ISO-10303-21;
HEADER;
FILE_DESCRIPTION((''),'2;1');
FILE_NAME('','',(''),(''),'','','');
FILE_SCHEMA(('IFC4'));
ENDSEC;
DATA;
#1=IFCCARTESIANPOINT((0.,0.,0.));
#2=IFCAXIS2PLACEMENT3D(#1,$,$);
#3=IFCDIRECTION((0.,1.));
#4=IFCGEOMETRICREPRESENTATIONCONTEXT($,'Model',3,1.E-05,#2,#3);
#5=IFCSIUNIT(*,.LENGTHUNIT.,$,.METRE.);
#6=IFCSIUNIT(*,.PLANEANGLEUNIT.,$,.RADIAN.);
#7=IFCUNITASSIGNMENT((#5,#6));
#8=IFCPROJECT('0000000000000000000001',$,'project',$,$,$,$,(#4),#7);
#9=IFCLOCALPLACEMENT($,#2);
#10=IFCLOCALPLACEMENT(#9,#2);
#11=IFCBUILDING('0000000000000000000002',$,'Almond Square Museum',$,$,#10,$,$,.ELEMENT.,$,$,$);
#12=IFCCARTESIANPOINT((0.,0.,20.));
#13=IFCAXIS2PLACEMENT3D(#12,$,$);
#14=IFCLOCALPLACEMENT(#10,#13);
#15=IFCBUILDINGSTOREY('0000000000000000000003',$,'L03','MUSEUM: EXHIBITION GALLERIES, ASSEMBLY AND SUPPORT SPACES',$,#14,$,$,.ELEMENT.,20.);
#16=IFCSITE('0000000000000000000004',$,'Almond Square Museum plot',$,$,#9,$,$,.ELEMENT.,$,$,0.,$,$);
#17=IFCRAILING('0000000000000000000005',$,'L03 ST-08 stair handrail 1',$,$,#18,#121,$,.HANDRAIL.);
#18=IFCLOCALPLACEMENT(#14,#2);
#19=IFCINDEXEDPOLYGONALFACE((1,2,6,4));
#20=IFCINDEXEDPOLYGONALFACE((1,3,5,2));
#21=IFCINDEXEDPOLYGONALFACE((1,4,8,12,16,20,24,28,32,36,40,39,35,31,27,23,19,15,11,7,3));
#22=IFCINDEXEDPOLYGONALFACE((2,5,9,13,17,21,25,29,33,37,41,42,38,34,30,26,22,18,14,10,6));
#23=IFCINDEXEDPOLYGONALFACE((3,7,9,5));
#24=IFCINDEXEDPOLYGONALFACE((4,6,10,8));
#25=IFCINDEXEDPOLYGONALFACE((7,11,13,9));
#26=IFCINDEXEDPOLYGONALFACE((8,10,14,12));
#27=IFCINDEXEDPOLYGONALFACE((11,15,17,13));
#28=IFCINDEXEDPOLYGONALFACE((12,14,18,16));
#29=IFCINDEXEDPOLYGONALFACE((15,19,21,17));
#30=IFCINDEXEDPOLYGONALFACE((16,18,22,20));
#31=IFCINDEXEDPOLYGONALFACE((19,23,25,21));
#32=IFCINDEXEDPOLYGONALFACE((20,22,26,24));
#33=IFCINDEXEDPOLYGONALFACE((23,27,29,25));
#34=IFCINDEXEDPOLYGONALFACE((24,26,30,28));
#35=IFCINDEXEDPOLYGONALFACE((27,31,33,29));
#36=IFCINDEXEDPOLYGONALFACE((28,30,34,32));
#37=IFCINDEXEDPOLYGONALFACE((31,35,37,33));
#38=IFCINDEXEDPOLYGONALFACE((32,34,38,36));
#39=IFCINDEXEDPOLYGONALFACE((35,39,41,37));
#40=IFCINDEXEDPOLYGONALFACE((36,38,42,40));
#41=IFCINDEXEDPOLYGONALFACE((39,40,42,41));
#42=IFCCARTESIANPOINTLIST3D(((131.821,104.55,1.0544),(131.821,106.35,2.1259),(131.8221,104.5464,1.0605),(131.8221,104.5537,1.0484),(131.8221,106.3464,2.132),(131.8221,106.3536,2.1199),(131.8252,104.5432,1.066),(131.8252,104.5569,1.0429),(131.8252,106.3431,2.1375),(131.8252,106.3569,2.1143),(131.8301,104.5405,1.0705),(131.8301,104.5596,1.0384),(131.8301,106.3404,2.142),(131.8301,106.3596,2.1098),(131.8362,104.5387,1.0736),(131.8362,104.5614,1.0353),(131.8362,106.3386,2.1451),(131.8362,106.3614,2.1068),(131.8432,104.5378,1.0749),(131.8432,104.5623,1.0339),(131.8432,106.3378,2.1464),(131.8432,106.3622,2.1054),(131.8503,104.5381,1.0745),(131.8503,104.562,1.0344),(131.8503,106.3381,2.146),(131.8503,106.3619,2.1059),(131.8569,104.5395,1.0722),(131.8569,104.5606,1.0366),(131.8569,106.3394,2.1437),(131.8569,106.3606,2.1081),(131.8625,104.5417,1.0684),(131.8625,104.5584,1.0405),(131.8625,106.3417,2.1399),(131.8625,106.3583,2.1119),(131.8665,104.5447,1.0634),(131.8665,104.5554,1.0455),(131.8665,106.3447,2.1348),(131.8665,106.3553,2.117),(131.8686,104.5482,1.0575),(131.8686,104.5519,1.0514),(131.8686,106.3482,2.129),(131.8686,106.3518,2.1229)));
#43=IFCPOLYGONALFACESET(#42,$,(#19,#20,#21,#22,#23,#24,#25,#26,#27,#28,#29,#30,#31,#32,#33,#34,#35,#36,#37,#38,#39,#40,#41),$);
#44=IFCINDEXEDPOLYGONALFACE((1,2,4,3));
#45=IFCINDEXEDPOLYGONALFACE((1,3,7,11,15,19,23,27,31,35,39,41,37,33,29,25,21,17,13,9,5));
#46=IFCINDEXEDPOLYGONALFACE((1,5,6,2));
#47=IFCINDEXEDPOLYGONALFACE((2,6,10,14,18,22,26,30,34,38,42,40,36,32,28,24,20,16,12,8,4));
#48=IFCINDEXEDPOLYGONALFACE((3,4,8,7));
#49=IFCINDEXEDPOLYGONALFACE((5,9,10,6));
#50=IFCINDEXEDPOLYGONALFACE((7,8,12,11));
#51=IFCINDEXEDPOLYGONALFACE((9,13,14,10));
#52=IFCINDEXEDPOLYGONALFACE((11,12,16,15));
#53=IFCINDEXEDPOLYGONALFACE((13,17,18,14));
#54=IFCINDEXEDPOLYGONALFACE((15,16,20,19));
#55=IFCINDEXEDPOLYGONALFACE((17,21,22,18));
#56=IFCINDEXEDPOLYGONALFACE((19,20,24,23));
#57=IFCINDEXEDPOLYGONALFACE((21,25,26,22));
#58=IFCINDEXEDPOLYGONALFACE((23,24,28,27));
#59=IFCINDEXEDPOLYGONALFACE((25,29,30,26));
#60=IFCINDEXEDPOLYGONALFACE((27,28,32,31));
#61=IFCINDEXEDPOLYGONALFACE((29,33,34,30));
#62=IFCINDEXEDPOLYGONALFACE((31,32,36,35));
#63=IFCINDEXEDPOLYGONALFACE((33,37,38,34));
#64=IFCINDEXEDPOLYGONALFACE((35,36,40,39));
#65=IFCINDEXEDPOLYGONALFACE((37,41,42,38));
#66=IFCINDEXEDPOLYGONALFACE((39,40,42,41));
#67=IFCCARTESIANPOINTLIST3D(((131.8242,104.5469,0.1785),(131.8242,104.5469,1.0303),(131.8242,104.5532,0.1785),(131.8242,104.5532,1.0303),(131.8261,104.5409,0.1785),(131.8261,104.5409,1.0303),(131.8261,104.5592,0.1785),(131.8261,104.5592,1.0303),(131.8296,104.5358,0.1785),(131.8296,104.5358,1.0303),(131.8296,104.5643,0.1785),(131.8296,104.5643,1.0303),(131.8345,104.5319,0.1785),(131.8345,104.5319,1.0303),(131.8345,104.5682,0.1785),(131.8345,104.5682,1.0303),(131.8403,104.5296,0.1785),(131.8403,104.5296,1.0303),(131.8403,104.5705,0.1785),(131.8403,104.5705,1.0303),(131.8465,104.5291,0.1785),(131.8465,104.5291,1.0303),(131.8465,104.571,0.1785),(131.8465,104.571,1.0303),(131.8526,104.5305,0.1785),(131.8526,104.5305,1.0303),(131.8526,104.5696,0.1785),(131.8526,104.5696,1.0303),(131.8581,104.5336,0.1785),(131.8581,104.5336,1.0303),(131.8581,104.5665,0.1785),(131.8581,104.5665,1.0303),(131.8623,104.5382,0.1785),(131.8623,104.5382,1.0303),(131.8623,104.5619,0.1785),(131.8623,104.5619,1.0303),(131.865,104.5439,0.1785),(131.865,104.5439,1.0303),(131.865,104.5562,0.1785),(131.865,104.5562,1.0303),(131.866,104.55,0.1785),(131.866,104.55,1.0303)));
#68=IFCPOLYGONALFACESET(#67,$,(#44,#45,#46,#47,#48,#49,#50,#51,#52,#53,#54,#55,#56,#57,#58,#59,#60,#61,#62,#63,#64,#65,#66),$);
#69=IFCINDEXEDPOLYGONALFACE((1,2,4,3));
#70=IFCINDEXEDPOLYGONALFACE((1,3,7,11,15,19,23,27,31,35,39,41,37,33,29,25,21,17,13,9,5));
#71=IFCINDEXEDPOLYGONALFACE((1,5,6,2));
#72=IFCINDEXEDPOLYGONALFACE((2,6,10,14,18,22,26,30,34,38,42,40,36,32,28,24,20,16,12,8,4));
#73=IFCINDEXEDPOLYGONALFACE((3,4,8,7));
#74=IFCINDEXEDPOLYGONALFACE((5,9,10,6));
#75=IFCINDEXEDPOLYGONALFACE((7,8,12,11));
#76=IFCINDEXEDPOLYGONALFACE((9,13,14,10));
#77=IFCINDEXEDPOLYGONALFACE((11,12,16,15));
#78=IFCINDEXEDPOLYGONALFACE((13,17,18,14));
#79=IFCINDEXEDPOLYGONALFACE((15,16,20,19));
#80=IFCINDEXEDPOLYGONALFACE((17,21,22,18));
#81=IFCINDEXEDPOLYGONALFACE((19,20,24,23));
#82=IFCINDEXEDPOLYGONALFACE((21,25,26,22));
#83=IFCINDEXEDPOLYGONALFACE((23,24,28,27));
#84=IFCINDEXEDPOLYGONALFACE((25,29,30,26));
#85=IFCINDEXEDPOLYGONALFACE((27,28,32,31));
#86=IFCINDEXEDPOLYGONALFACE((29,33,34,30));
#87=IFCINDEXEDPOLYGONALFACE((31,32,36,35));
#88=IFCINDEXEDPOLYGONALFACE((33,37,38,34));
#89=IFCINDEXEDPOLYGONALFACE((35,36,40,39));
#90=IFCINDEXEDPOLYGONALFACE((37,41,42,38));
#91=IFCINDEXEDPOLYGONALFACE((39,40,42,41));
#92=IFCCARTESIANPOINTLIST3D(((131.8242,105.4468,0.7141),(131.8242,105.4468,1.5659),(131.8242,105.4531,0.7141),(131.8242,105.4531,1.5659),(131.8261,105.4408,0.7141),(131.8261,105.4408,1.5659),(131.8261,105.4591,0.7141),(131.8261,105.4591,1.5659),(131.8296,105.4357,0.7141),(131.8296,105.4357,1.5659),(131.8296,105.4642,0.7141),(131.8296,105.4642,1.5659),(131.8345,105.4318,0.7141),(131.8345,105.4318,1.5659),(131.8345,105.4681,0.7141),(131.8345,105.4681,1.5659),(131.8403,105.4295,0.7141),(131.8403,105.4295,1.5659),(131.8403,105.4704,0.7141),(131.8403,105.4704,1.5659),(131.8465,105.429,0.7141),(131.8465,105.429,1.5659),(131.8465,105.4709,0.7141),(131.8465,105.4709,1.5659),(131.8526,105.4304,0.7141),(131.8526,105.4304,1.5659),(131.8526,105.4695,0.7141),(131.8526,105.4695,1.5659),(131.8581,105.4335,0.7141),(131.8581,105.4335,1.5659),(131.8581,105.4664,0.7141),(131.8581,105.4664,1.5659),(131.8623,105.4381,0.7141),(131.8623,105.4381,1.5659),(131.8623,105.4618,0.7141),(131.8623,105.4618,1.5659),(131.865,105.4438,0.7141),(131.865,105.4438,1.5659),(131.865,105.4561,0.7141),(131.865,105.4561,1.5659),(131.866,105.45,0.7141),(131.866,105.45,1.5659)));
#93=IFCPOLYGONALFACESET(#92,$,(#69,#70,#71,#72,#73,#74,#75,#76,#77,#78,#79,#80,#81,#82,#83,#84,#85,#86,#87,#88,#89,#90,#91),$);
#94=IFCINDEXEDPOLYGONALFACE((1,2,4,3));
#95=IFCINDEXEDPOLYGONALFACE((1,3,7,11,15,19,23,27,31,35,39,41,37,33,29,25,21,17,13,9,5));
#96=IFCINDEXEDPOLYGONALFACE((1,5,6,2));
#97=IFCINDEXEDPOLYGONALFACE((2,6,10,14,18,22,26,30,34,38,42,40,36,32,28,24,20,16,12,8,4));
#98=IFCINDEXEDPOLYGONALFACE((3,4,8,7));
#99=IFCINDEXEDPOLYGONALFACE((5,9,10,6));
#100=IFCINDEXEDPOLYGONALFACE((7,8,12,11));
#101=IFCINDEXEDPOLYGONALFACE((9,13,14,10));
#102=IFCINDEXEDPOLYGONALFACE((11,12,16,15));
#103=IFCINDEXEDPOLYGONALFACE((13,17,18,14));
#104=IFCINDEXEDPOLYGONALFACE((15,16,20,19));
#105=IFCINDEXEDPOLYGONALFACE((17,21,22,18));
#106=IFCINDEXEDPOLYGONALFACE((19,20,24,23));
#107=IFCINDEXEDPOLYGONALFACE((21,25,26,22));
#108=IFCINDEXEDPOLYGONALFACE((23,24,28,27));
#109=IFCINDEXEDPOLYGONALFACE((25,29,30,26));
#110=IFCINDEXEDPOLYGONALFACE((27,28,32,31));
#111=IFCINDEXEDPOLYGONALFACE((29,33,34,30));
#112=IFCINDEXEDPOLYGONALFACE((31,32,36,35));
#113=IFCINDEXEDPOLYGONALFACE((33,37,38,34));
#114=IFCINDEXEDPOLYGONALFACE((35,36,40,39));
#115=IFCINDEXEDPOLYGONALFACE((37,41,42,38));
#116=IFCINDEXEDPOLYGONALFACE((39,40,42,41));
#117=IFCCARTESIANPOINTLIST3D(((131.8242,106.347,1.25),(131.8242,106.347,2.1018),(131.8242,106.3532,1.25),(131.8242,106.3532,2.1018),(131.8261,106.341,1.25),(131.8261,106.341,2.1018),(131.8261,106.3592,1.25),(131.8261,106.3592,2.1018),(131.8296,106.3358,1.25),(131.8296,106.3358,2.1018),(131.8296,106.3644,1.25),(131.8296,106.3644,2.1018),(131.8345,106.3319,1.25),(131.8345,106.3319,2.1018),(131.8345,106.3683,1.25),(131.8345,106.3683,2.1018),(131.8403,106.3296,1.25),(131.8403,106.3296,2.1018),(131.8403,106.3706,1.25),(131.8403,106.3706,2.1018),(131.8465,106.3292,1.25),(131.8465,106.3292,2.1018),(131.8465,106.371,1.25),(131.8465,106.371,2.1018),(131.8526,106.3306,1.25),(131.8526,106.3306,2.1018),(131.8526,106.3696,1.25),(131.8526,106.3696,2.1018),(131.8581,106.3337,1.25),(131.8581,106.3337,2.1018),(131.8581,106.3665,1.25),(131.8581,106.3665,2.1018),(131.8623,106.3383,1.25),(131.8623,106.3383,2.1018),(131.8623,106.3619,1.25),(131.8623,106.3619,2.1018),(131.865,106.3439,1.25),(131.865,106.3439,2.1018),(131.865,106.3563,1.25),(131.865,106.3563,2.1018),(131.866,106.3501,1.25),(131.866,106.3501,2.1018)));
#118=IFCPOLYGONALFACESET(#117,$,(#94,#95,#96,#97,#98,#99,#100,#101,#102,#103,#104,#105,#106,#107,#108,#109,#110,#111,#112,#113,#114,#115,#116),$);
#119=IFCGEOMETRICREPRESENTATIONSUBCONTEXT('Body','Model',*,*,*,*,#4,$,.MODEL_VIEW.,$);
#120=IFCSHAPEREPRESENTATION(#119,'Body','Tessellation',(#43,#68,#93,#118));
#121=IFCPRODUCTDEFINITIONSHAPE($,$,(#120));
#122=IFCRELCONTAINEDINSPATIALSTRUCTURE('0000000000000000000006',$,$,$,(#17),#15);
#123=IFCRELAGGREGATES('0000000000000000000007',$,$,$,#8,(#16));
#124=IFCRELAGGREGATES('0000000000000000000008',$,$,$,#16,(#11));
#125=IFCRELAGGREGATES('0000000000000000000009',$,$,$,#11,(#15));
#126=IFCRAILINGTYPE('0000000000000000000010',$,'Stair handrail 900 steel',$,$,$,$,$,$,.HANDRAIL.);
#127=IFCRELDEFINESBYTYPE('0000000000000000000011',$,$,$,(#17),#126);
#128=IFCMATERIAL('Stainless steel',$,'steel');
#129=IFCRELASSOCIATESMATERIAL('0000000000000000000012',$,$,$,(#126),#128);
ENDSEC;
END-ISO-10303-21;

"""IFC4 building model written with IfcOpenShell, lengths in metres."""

from ifc_helpers import new_model, si_unit, direction, frame, origin, origin_2d, place, context, subcontext, project, spatial, circle, extrude, material, type_object, element, save


model = new_model("IFC4")

# Units and contexts
model_context = context("Model", 3, precision=1e-05, world=origin(), true_north=direction((0.0, 1.0)))
body_context = subcontext(model_context, "Body", "Model", "MODEL_VIEW")
ifc_project = project(units=[si_unit("LENGTHUNIT", "METRE"), si_unit("PLANEANGLEUNIT", "RADIAN")], contexts=[model_context])

# Site, building, storey
site_placement = place(None, origin())
site = spatial("IfcSite", under=ifc_project, at=site_placement, Name="Almond Square Museum plot", CompositionType="ELEMENT", RefElevation=0.0)
building_placement = place(site_placement, origin())
building = spatial("IfcBuilding", under=site, at=building_placement, Name="Almond Square Museum", CompositionType="ELEMENT")
storey_placement = place(building_placement, frame((0.0, 0.0, 20.0)))
storey = spatial("IfcBuildingStorey", under=building, at=storey_placement, Name="L03", Description="MUSEUM: EXHIBITION GALLERIES, ASSEMBLY AND SUPPORT SPACES", CompositionType="ELEMENT", Elevation=20.0)

# Railing
ifc_material_1 = material(Name="Stainless steel", Category="steel")
railing_type_1 = type_object("IfcRailingType", Name="Stair handrail 900 steel", PredefinedType="HANDRAIL", material=ifc_material_1)
for number, where, name in (
    (1, (131.845, 104.55, 0.1785), "L03 ST-08 stair handrail 1"),
):
    element("IfcRailing", number, at=place(storey_placement, frame(where)), inside=storey, type_object=railing_type_1, Name=name, PredefinedType="HANDRAIL", context=body_context, shape_type="SweptSolid", body=[
        extrude(circle(Radius=0.0239, at=origin_2d()), frame((0.0, 0.0, 0.876), z_axis=(0.0, 0.859277, 0.51151), x_axis=(-1.0, 0.0, 0.0)), (0.0, 0.0, 1.0), 2.0947),
        extrude(circle(Radius=0.021, at=origin_2d()), origin(), (0.0, 0.0, 1.0), 0.8518),
        extrude(circle(Radius=0.021, at=origin_2d()), frame((0.0, 0.8999, 0.5356)), (0.0, 0.0, 1.0), 0.8518),
        extrude(circle(Radius=0.021, at=origin_2d()), frame((0.0, 1.8, 1.0715)), (0.0, 0.0, 1.0), 0.8518),
    ])

save(model, "model.ifc")
